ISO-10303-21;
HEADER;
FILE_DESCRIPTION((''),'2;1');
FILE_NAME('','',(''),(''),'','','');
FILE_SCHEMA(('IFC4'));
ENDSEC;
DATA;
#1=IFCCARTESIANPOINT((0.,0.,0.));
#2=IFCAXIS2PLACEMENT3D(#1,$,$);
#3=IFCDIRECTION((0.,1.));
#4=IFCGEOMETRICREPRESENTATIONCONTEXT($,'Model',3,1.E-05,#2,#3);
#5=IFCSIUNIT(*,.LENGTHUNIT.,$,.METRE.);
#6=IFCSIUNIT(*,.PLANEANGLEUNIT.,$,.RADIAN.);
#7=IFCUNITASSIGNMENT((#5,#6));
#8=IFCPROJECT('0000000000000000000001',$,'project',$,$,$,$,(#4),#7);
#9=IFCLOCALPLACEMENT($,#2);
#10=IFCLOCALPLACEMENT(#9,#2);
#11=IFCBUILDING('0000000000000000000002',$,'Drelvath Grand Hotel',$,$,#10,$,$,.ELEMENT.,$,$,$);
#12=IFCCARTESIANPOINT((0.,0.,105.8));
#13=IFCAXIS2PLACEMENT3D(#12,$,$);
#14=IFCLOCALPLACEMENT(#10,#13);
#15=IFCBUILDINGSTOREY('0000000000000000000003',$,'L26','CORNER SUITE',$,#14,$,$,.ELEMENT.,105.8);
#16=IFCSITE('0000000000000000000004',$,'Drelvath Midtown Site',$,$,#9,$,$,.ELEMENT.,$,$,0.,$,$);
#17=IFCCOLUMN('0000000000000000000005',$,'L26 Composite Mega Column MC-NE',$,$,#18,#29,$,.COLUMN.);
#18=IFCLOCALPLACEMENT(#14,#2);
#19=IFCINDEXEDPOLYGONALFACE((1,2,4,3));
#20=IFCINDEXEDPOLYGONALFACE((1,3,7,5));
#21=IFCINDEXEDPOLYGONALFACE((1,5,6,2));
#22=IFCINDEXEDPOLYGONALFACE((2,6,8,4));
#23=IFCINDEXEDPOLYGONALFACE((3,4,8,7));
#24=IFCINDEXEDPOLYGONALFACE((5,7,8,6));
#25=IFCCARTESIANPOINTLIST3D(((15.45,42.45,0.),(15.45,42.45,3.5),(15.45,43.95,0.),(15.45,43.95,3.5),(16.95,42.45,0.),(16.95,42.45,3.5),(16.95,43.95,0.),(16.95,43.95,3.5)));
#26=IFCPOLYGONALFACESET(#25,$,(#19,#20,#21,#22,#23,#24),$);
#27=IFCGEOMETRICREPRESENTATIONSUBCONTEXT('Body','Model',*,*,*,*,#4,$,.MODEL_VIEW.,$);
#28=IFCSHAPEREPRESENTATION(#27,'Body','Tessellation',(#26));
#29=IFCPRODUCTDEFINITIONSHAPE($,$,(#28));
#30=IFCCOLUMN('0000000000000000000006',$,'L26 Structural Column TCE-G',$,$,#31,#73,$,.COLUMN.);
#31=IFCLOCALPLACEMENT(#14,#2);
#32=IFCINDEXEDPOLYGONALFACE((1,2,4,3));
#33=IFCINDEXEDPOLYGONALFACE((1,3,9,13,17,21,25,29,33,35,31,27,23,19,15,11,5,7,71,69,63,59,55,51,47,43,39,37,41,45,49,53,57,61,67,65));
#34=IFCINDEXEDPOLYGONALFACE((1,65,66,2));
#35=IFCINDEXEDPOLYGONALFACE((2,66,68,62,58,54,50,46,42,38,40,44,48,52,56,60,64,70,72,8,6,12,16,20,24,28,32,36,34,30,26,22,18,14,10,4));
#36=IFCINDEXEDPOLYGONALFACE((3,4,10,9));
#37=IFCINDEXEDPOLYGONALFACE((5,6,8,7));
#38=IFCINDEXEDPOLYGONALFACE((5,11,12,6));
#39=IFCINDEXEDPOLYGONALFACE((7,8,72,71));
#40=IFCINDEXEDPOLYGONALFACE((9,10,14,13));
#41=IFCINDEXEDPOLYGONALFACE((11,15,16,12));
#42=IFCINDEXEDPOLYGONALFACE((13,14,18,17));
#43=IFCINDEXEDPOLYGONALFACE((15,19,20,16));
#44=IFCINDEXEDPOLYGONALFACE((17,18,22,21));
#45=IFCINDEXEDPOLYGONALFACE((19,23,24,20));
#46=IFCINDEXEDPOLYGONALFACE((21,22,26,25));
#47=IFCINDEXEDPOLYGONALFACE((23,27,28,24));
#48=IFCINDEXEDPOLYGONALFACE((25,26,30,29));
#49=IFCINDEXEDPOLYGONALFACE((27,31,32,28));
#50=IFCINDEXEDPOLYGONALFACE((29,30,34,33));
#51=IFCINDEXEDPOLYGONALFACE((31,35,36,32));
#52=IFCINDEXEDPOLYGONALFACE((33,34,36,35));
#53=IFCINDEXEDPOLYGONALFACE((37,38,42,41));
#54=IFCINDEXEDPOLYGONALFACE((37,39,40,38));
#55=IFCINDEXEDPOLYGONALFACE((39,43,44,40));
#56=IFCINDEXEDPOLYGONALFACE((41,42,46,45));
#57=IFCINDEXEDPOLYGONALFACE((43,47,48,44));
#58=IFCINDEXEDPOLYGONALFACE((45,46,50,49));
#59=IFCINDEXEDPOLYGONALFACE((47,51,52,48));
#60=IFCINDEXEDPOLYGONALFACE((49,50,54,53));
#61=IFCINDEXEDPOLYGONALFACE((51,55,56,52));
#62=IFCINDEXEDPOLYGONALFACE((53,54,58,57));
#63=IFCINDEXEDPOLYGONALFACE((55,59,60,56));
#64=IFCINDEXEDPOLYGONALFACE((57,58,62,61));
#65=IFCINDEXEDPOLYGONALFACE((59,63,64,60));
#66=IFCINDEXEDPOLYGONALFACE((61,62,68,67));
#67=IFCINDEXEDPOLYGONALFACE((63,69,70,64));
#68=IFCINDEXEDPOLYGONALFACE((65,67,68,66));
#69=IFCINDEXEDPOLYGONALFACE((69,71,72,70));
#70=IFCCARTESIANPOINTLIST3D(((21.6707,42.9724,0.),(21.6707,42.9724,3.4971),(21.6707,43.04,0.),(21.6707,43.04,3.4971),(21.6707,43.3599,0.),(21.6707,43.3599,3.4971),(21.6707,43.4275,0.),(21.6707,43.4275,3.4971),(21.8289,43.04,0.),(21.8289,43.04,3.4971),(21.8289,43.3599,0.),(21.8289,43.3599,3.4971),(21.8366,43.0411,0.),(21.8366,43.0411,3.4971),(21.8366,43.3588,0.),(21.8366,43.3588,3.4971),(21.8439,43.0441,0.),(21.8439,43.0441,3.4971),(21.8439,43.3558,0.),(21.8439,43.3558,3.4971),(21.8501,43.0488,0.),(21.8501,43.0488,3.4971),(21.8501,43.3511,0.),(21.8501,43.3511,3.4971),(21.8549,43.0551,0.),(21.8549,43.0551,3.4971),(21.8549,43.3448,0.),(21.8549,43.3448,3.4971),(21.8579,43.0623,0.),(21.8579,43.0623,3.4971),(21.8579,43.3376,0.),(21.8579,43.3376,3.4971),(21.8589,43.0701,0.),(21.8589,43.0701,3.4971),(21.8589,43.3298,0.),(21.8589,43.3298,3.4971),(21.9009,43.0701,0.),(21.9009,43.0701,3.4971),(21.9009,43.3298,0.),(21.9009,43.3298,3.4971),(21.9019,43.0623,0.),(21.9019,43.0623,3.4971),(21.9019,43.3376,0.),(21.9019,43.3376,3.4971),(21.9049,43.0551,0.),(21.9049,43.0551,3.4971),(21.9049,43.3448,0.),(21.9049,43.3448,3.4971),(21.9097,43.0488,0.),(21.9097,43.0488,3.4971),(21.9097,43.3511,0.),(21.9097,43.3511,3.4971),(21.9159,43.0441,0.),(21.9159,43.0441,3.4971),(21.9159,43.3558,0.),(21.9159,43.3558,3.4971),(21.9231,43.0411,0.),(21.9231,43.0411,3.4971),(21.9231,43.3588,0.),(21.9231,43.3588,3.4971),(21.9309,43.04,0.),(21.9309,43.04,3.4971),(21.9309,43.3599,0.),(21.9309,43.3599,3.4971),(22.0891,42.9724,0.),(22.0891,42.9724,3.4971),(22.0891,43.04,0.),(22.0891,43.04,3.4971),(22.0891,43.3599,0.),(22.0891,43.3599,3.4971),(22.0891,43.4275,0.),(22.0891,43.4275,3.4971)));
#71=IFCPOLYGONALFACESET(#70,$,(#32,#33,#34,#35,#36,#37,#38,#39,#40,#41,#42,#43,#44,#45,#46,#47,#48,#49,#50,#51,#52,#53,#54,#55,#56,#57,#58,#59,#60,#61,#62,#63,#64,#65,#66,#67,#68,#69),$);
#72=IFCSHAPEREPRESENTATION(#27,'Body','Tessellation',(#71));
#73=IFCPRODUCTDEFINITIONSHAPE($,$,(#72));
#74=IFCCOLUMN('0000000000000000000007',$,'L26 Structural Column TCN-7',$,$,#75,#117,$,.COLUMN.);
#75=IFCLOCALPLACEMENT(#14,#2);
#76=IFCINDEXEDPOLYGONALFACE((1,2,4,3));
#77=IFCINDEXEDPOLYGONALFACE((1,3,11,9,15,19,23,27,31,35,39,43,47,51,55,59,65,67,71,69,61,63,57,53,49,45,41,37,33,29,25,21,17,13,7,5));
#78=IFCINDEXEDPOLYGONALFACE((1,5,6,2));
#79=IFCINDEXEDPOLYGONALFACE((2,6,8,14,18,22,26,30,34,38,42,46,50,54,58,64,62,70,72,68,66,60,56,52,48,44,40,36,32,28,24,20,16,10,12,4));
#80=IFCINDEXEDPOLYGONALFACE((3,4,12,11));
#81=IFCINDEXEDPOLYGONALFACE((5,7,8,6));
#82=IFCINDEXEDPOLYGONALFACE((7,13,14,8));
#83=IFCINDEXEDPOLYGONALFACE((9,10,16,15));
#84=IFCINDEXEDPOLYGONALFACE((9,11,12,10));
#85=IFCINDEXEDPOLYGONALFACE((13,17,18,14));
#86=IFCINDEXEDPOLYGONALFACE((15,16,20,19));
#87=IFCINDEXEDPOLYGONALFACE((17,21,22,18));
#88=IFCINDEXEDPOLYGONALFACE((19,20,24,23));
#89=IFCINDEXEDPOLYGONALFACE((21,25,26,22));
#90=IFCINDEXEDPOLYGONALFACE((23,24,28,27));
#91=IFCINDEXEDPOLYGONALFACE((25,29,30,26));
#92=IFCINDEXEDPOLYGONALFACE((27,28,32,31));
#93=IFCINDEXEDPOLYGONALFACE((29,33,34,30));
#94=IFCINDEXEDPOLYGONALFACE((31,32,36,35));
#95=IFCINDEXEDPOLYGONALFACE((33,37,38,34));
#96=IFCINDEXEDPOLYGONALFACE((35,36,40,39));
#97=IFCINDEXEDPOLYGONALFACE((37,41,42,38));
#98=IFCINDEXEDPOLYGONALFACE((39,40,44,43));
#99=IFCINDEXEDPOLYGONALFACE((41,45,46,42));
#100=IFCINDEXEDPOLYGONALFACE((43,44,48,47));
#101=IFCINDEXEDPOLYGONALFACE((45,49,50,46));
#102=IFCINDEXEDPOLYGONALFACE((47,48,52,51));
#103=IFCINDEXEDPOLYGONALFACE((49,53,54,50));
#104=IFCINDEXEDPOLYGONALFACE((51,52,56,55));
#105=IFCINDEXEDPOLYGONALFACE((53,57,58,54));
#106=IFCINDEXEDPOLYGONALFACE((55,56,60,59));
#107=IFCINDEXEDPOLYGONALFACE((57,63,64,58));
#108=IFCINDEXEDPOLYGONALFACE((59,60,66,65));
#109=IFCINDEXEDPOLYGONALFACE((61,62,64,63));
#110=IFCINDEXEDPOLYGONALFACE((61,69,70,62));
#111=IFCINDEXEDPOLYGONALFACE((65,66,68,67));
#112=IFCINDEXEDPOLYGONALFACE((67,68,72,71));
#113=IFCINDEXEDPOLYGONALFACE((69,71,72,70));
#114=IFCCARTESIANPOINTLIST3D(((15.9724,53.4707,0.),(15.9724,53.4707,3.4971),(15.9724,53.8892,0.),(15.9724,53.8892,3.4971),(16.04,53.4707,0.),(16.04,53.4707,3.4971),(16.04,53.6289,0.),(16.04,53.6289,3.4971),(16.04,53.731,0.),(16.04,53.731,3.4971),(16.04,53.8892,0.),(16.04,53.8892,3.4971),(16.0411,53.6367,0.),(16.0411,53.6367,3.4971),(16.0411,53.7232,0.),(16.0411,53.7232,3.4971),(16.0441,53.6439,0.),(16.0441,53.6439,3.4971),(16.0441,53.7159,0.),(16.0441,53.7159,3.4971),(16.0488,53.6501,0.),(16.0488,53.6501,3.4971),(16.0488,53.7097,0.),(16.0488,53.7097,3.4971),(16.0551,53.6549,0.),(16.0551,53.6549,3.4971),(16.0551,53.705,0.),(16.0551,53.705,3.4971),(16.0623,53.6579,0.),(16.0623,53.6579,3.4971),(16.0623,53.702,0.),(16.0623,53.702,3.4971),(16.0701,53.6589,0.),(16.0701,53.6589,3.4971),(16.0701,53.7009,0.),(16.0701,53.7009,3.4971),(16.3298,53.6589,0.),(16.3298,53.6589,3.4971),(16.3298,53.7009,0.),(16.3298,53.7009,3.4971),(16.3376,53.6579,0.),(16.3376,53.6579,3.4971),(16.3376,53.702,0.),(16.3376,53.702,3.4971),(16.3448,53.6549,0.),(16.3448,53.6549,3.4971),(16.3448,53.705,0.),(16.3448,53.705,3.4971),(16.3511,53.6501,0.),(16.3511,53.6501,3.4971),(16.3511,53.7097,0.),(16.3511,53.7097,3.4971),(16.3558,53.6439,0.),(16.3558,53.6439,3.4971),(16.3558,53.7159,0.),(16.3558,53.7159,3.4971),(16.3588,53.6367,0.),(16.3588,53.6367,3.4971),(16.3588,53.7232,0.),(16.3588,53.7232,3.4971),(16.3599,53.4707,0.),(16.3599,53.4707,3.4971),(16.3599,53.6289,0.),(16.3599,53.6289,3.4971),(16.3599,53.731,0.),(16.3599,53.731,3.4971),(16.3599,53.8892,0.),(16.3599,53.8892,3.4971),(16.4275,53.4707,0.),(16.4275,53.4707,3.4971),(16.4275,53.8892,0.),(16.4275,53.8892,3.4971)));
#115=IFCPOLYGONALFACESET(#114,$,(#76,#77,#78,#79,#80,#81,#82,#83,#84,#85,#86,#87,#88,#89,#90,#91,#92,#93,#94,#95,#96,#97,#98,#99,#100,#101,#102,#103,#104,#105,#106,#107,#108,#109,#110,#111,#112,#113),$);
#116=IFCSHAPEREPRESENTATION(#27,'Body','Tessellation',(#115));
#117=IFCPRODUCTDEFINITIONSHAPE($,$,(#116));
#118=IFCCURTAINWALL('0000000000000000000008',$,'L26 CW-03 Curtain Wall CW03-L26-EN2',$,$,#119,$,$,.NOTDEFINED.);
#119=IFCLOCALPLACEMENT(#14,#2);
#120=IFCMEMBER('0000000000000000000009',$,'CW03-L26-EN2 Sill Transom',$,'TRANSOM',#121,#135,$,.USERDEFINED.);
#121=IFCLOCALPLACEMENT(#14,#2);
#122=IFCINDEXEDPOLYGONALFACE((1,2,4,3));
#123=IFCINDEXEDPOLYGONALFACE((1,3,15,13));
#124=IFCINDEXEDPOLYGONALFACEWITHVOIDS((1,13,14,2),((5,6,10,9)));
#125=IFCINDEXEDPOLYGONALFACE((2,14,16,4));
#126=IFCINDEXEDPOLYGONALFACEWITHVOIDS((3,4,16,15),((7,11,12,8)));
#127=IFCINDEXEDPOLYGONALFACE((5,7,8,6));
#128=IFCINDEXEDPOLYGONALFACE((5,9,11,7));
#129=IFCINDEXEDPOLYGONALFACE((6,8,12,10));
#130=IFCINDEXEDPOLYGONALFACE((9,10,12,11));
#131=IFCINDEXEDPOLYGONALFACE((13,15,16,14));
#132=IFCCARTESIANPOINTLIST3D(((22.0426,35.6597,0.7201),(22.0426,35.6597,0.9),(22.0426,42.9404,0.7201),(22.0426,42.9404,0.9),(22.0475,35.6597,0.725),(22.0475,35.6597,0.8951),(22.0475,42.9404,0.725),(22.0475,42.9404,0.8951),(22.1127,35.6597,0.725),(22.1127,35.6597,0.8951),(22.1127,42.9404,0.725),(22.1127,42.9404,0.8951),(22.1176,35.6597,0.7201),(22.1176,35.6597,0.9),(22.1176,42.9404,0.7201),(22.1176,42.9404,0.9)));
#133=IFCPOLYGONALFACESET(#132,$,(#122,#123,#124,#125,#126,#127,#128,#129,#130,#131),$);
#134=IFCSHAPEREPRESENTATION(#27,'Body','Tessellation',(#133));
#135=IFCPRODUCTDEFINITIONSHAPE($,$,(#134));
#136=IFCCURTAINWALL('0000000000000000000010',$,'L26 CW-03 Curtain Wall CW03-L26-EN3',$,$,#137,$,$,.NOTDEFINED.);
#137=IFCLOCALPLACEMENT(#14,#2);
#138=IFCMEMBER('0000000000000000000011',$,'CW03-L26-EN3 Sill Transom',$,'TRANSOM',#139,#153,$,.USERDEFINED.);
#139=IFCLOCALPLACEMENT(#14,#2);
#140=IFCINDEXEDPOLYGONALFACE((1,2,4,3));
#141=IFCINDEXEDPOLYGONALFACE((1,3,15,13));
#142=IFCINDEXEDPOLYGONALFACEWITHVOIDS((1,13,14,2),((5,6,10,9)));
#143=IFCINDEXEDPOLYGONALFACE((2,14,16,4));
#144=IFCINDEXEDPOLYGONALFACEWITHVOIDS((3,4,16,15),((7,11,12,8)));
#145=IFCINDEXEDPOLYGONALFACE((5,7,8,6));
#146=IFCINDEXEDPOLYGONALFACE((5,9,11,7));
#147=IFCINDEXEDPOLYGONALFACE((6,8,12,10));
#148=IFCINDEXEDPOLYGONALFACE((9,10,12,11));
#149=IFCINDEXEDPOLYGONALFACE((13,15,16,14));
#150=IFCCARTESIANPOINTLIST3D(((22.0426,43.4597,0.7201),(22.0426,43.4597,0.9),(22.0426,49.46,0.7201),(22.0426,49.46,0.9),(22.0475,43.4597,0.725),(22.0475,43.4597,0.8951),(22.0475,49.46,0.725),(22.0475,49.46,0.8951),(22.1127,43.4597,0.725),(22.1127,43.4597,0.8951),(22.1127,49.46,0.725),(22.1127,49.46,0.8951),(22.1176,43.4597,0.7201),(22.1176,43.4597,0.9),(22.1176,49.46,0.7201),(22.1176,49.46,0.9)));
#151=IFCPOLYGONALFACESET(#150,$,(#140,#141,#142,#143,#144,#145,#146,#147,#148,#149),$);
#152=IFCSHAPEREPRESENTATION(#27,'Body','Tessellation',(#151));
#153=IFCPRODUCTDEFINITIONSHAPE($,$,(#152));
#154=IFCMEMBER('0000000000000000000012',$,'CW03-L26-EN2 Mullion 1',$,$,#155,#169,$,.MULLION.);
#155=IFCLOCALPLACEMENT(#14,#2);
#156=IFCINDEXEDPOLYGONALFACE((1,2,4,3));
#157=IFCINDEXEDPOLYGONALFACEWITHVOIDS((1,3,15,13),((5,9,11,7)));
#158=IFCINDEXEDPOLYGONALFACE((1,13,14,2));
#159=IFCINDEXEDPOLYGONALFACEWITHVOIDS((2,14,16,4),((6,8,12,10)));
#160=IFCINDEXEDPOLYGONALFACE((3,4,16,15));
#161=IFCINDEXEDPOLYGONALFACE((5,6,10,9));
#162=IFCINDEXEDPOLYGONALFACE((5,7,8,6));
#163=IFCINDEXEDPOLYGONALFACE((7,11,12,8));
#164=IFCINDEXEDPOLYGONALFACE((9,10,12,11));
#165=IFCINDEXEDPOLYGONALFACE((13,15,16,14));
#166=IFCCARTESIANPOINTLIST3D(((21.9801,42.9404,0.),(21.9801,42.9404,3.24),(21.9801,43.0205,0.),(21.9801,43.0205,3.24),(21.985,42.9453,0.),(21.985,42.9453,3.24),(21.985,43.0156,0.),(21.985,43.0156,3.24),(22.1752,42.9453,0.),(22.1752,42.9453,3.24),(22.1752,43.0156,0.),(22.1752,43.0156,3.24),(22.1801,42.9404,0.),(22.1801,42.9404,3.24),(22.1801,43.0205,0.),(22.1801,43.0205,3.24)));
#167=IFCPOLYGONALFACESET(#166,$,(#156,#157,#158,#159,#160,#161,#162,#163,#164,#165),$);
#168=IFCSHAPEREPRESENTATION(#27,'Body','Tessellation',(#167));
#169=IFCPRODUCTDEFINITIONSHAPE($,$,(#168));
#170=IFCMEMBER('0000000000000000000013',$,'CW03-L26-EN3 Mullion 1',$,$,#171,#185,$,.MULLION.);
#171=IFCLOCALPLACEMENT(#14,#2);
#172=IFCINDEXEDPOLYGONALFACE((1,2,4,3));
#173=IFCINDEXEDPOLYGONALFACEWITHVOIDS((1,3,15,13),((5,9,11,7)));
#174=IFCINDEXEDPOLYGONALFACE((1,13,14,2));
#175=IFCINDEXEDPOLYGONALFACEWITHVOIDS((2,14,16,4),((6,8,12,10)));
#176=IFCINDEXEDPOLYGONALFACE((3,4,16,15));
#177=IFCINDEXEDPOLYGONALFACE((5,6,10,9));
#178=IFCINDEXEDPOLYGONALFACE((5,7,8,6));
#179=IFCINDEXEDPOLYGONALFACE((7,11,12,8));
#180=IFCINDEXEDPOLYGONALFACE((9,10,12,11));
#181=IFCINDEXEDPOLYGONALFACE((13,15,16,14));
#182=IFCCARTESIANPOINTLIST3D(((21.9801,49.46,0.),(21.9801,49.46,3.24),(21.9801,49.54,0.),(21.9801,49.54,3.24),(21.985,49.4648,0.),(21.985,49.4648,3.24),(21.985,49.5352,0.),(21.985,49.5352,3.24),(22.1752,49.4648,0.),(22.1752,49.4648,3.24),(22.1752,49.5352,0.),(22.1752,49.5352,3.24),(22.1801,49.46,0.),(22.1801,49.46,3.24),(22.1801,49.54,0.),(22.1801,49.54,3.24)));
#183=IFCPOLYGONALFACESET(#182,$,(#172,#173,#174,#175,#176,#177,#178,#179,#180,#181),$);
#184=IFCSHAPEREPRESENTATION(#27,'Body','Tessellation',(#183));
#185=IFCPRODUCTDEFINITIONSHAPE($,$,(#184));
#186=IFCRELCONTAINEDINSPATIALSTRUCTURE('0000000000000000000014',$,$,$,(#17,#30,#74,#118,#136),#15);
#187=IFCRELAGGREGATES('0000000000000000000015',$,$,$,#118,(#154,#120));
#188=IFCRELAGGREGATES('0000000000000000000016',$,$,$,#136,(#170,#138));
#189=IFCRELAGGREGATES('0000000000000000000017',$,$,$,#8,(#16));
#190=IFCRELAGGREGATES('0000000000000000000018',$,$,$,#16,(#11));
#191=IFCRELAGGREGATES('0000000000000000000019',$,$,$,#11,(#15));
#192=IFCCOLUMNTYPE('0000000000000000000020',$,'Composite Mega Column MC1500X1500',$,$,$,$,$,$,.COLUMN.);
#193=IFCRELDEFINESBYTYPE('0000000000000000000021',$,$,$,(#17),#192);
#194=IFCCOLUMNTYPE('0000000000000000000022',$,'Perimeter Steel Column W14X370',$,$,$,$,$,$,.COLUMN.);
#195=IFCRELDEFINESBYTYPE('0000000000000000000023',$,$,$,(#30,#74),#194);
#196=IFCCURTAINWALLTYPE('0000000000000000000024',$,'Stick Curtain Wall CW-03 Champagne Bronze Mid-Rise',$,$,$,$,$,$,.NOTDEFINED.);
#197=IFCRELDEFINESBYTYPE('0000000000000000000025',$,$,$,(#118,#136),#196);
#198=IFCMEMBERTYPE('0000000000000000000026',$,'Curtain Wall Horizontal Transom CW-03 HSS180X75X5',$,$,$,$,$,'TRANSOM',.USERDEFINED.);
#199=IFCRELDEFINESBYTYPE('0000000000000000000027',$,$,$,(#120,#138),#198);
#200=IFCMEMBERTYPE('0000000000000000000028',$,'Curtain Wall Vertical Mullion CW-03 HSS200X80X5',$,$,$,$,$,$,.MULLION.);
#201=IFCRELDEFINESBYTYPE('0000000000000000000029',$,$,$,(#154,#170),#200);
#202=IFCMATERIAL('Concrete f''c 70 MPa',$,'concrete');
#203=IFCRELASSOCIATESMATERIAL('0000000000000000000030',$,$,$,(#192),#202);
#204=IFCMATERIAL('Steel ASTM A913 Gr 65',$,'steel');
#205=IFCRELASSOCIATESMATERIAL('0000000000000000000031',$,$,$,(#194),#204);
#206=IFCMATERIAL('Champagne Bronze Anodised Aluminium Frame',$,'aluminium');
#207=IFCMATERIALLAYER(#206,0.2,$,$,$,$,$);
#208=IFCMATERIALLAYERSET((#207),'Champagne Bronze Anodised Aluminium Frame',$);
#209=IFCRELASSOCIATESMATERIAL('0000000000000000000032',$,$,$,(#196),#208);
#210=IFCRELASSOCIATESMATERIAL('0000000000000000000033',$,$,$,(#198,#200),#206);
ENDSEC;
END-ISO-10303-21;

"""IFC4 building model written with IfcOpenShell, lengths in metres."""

from ifc_helpers import new_model, si_unit, direction, frame, origin, origin_2d, place, context, subcontext, project, spatial, rectangle, hollow_rectangle, i_section, extrude, material, layer, layer_set, material_profile, profile_set, type_object, element, aggregate, save


model = new_model("IFC4")

# Units and contexts
model_context = context("Model", 3, precision=1e-05, world=origin(), true_north=direction((0.0, 1.0)))
body_context = subcontext(model_context, "Body", "Model", "MODEL_VIEW")
ifc_project = project(units=[si_unit("LENGTHUNIT", "METRE"), si_unit("PLANEANGLEUNIT", "RADIAN")], contexts=[model_context])

# Site, building, storey
site_placement = place(None, origin())
site = spatial("IfcSite", under=ifc_project, at=site_placement, Name="Drelvath Midtown Site", CompositionType="ELEMENT", RefElevation=0.0)
building_placement = place(site_placement, origin())
building = spatial("IfcBuilding", under=site, at=building_placement, Name="Drelvath Grand Hotel", CompositionType="ELEMENT")
storey_placement = place(building_placement, frame((0.0, 0.0, 105.8)))
storey = spatial("IfcBuildingStorey", under=building, at=storey_placement, Name="L26", Description="CORNER SUITE", CompositionType="ELEMENT", Elevation=105.8)

# Columns
ifc_material_1 = material(Name="Concrete f'c 70 MPa", Category="concrete")
ifc_material_profile_1 = material_profile(ifc_material_1, rectangle(XDim=1.5, YDim=1.5, at=origin_2d()), Name="MC1500X1500")
ifc_profile_set_1 = profile_set([ifc_material_profile_1], Name="Concrete f'c 70 MPa")
column_type_1 = type_object("IfcColumnType", Name="Composite Mega Column MC1500X1500", PredefinedType="COLUMN", material=ifc_profile_set_1)
column_placement = place(storey_placement, frame((16.2, 43.2, 0.0), z_axis=(0.0, 0.0, 1.0), x_axis=(1.0, 0.0, 0.0)))
element("IfcColumn", 1, at=column_placement, inside=storey, type_object=column_type_1, Name="L26 Composite Mega Column MC-NE", PredefinedType="COLUMN", context=body_context, shape_type="SweptSolid", body=[
    extrude(rectangle(XDim=1.5, YDim=1.5, at=origin_2d()), origin(), (0.0, 0.0, 1.0), 3.5),
])
ifc_material_2 = material(Name="Steel ASTM A913 Gr 65", Category="steel")
ifc_material_profile_2 = material_profile(ifc_material_2, i_section(OverallWidth=0.4185, OverallDepth=0.4551, WebThickness=0.042, FlangeThickness=0.0676, FilletRadius=0.03, at=origin_2d()), Name="W14X370")
ifc_profile_set_2 = profile_set([ifc_material_profile_2], Name="Steel ASTM A913 Gr 65")
column_type_2 = type_object("IfcColumnType", Name="Perimeter Steel Column W14X370", PredefinedType="COLUMN", material=ifc_profile_set_2)
for number, where, z_axis, x_axis, name in (
    (2, (21.8799, 43.2, 0.0), (0.0, 0.0, 1.0), (1.0, 0.0, 0.0), "L26 Structural Column TCE-G"),
    (3, (16.2, 53.6799, 0.0), (0.0, 0.0, 1.0), (0.0, 1.0, 0.0), "L26 Structural Column TCN-7"),
):
    element("IfcColumn", number, at=place(storey_placement, frame(where, z_axis=z_axis, x_axis=x_axis)), inside=storey, type_object=column_type_2, Name=name, PredefinedType="COLUMN", context=body_context, shape_type="SweptSolid", body=[
        extrude(i_section(OverallWidth=0.4185, OverallDepth=0.4551, WebThickness=0.042, FlangeThickness=0.0676, FilletRadius=0.03, at=origin_2d()), origin(), (0.0, 0.0, 1.0), 3.4971),
    ])

# Curtain walls, members
ifc_material_3 = material(Name="Champagne Bronze Anodised Aluminium Frame", Category="aluminium")
ifc_layer_1 = layer(ifc_material_3, 0.2)
ifc_layer_set_1 = layer_set([ifc_layer_1], Name="Champagne Bronze Anodised Aluminium Frame")
curtain_wall_type = type_object("IfcCurtainWallType", Name="Stick Curtain Wall CW-03 Champagne Bronze Mid-Rise", PredefinedType="NOTDEFINED", material=ifc_layer_set_1)
curtain_wall_1_placement = place(storey_placement, origin())
curtain_wall_1 = element("IfcCurtainWall", 4, at=curtain_wall_1_placement, inside=storey, type_object=curtain_wall_type, Name="L26 CW-03 Curtain Wall CW03-L26-EN2", PredefinedType="NOTDEFINED")
ifc_material_profile_3 = material_profile(ifc_material_3, hollow_rectangle(XDim=0.075, YDim=0.1799, WallThickness=0.0049, at=origin_2d()), Name="HSS180X75X5")
ifc_profile_set_3 = profile_set([ifc_material_profile_3], Name="Champagne Bronze Anodised Aluminium Frame")
member_type_1 = type_object("IfcMemberType", Name="Curtain Wall Horizontal Transom CW-03 HSS180X75X5", ElementType="TRANSOM", PredefinedType="USERDEFINED", material=ifc_profile_set_3)
member_1_placement = place(storey_placement, frame((22.0801, 42.9404, 0.8101), z_axis=(0.0, -1.0, 0.0), x_axis=(1.0, 0.0, 0.0)))
member_1 = element("IfcMember", 5, at=member_1_placement, type_object=member_type_1, Name="CW03-L26-EN2 Sill Transom", ObjectType="TRANSOM", PredefinedType="USERDEFINED", context=body_context, shape_type="SweptSolid", body=[
    extrude(hollow_rectangle(XDim=0.075, YDim=0.1799, WallThickness=0.0049, at=origin_2d()), origin(), (0.0, 0.0, 1.0), 7.2808),
])
curtain_wall_2_placement = place(storey_placement, origin())
curtain_wall_2 = element("IfcCurtainWall", 6, at=curtain_wall_2_placement, inside=storey, type_object=curtain_wall_type, Name="L26 CW-03 Curtain Wall CW03-L26-EN3", PredefinedType="NOTDEFINED")
member_2_placement = place(storey_placement, frame((22.0801, 49.46, 0.8101), z_axis=(0.0, -1.0, 0.0), x_axis=(1.0, 0.0, 0.0)))
member_2 = element("IfcMember", 7, at=member_2_placement, type_object=member_type_1, Name="CW03-L26-EN3 Sill Transom", ObjectType="TRANSOM", PredefinedType="USERDEFINED", context=body_context, shape_type="SweptSolid", body=[
    extrude(hollow_rectangle(XDim=0.075, YDim=0.1799, WallThickness=0.0049, at=origin_2d()), origin(), (0.0, 0.0, 1.0), 6.0002),
])

# Members
ifc_material_profile_4 = material_profile(ifc_material_3, hollow_rectangle(XDim=0.0801, YDim=0.2, WallThickness=0.0049, at=origin_2d()), Name="HSS200X80X5")
ifc_profile_set_4 = profile_set([ifc_material_profile_4], Name="Champagne Bronze Anodised Aluminium Frame")
member_type_2 = type_object("IfcMemberType", Name="Curtain Wall Vertical Mullion CW-03 HSS200X80X5", PredefinedType="MULLION", material=ifc_profile_set_4)
member_3_placement = place(storey_placement, frame((22.0801, 42.9805, 0.0), z_axis=(0.0, 0.0, 1.0), x_axis=(0.0, 1.0, 0.0)))
member_3 = element("IfcMember", 8, at=member_3_placement, type_object=member_type_2, Name="CW03-L26-EN2 Mullion 1", PredefinedType="MULLION", context=body_context, shape_type="SweptSolid", body=[
    extrude(hollow_rectangle(XDim=0.0801, YDim=0.2, WallThickness=0.0049, at=origin_2d()), origin(), (0.0, 0.0, 1.0), 3.24),
])
member_4_placement = place(storey_placement, frame((22.0801, 49.5, 0.0), z_axis=(0.0, 0.0, 1.0), x_axis=(0.0, 1.0, 0.0)))
member_4 = element("IfcMember", 9, at=member_4_placement, type_object=member_type_2, Name="CW03-L26-EN3 Mullion 1", PredefinedType="MULLION", context=body_context, shape_type="SweptSolid", body=[
    extrude(hollow_rectangle(XDim=0.0801, YDim=0.2, WallThickness=0.0049, at=origin_2d()), origin(), (0.0, 0.0, 1.0), 3.24),
])

aggregate(curtain_wall_1, [member_3, member_1])
aggregate(curtain_wall_2, [member_4, member_2])

save(model, "model.ifc")
